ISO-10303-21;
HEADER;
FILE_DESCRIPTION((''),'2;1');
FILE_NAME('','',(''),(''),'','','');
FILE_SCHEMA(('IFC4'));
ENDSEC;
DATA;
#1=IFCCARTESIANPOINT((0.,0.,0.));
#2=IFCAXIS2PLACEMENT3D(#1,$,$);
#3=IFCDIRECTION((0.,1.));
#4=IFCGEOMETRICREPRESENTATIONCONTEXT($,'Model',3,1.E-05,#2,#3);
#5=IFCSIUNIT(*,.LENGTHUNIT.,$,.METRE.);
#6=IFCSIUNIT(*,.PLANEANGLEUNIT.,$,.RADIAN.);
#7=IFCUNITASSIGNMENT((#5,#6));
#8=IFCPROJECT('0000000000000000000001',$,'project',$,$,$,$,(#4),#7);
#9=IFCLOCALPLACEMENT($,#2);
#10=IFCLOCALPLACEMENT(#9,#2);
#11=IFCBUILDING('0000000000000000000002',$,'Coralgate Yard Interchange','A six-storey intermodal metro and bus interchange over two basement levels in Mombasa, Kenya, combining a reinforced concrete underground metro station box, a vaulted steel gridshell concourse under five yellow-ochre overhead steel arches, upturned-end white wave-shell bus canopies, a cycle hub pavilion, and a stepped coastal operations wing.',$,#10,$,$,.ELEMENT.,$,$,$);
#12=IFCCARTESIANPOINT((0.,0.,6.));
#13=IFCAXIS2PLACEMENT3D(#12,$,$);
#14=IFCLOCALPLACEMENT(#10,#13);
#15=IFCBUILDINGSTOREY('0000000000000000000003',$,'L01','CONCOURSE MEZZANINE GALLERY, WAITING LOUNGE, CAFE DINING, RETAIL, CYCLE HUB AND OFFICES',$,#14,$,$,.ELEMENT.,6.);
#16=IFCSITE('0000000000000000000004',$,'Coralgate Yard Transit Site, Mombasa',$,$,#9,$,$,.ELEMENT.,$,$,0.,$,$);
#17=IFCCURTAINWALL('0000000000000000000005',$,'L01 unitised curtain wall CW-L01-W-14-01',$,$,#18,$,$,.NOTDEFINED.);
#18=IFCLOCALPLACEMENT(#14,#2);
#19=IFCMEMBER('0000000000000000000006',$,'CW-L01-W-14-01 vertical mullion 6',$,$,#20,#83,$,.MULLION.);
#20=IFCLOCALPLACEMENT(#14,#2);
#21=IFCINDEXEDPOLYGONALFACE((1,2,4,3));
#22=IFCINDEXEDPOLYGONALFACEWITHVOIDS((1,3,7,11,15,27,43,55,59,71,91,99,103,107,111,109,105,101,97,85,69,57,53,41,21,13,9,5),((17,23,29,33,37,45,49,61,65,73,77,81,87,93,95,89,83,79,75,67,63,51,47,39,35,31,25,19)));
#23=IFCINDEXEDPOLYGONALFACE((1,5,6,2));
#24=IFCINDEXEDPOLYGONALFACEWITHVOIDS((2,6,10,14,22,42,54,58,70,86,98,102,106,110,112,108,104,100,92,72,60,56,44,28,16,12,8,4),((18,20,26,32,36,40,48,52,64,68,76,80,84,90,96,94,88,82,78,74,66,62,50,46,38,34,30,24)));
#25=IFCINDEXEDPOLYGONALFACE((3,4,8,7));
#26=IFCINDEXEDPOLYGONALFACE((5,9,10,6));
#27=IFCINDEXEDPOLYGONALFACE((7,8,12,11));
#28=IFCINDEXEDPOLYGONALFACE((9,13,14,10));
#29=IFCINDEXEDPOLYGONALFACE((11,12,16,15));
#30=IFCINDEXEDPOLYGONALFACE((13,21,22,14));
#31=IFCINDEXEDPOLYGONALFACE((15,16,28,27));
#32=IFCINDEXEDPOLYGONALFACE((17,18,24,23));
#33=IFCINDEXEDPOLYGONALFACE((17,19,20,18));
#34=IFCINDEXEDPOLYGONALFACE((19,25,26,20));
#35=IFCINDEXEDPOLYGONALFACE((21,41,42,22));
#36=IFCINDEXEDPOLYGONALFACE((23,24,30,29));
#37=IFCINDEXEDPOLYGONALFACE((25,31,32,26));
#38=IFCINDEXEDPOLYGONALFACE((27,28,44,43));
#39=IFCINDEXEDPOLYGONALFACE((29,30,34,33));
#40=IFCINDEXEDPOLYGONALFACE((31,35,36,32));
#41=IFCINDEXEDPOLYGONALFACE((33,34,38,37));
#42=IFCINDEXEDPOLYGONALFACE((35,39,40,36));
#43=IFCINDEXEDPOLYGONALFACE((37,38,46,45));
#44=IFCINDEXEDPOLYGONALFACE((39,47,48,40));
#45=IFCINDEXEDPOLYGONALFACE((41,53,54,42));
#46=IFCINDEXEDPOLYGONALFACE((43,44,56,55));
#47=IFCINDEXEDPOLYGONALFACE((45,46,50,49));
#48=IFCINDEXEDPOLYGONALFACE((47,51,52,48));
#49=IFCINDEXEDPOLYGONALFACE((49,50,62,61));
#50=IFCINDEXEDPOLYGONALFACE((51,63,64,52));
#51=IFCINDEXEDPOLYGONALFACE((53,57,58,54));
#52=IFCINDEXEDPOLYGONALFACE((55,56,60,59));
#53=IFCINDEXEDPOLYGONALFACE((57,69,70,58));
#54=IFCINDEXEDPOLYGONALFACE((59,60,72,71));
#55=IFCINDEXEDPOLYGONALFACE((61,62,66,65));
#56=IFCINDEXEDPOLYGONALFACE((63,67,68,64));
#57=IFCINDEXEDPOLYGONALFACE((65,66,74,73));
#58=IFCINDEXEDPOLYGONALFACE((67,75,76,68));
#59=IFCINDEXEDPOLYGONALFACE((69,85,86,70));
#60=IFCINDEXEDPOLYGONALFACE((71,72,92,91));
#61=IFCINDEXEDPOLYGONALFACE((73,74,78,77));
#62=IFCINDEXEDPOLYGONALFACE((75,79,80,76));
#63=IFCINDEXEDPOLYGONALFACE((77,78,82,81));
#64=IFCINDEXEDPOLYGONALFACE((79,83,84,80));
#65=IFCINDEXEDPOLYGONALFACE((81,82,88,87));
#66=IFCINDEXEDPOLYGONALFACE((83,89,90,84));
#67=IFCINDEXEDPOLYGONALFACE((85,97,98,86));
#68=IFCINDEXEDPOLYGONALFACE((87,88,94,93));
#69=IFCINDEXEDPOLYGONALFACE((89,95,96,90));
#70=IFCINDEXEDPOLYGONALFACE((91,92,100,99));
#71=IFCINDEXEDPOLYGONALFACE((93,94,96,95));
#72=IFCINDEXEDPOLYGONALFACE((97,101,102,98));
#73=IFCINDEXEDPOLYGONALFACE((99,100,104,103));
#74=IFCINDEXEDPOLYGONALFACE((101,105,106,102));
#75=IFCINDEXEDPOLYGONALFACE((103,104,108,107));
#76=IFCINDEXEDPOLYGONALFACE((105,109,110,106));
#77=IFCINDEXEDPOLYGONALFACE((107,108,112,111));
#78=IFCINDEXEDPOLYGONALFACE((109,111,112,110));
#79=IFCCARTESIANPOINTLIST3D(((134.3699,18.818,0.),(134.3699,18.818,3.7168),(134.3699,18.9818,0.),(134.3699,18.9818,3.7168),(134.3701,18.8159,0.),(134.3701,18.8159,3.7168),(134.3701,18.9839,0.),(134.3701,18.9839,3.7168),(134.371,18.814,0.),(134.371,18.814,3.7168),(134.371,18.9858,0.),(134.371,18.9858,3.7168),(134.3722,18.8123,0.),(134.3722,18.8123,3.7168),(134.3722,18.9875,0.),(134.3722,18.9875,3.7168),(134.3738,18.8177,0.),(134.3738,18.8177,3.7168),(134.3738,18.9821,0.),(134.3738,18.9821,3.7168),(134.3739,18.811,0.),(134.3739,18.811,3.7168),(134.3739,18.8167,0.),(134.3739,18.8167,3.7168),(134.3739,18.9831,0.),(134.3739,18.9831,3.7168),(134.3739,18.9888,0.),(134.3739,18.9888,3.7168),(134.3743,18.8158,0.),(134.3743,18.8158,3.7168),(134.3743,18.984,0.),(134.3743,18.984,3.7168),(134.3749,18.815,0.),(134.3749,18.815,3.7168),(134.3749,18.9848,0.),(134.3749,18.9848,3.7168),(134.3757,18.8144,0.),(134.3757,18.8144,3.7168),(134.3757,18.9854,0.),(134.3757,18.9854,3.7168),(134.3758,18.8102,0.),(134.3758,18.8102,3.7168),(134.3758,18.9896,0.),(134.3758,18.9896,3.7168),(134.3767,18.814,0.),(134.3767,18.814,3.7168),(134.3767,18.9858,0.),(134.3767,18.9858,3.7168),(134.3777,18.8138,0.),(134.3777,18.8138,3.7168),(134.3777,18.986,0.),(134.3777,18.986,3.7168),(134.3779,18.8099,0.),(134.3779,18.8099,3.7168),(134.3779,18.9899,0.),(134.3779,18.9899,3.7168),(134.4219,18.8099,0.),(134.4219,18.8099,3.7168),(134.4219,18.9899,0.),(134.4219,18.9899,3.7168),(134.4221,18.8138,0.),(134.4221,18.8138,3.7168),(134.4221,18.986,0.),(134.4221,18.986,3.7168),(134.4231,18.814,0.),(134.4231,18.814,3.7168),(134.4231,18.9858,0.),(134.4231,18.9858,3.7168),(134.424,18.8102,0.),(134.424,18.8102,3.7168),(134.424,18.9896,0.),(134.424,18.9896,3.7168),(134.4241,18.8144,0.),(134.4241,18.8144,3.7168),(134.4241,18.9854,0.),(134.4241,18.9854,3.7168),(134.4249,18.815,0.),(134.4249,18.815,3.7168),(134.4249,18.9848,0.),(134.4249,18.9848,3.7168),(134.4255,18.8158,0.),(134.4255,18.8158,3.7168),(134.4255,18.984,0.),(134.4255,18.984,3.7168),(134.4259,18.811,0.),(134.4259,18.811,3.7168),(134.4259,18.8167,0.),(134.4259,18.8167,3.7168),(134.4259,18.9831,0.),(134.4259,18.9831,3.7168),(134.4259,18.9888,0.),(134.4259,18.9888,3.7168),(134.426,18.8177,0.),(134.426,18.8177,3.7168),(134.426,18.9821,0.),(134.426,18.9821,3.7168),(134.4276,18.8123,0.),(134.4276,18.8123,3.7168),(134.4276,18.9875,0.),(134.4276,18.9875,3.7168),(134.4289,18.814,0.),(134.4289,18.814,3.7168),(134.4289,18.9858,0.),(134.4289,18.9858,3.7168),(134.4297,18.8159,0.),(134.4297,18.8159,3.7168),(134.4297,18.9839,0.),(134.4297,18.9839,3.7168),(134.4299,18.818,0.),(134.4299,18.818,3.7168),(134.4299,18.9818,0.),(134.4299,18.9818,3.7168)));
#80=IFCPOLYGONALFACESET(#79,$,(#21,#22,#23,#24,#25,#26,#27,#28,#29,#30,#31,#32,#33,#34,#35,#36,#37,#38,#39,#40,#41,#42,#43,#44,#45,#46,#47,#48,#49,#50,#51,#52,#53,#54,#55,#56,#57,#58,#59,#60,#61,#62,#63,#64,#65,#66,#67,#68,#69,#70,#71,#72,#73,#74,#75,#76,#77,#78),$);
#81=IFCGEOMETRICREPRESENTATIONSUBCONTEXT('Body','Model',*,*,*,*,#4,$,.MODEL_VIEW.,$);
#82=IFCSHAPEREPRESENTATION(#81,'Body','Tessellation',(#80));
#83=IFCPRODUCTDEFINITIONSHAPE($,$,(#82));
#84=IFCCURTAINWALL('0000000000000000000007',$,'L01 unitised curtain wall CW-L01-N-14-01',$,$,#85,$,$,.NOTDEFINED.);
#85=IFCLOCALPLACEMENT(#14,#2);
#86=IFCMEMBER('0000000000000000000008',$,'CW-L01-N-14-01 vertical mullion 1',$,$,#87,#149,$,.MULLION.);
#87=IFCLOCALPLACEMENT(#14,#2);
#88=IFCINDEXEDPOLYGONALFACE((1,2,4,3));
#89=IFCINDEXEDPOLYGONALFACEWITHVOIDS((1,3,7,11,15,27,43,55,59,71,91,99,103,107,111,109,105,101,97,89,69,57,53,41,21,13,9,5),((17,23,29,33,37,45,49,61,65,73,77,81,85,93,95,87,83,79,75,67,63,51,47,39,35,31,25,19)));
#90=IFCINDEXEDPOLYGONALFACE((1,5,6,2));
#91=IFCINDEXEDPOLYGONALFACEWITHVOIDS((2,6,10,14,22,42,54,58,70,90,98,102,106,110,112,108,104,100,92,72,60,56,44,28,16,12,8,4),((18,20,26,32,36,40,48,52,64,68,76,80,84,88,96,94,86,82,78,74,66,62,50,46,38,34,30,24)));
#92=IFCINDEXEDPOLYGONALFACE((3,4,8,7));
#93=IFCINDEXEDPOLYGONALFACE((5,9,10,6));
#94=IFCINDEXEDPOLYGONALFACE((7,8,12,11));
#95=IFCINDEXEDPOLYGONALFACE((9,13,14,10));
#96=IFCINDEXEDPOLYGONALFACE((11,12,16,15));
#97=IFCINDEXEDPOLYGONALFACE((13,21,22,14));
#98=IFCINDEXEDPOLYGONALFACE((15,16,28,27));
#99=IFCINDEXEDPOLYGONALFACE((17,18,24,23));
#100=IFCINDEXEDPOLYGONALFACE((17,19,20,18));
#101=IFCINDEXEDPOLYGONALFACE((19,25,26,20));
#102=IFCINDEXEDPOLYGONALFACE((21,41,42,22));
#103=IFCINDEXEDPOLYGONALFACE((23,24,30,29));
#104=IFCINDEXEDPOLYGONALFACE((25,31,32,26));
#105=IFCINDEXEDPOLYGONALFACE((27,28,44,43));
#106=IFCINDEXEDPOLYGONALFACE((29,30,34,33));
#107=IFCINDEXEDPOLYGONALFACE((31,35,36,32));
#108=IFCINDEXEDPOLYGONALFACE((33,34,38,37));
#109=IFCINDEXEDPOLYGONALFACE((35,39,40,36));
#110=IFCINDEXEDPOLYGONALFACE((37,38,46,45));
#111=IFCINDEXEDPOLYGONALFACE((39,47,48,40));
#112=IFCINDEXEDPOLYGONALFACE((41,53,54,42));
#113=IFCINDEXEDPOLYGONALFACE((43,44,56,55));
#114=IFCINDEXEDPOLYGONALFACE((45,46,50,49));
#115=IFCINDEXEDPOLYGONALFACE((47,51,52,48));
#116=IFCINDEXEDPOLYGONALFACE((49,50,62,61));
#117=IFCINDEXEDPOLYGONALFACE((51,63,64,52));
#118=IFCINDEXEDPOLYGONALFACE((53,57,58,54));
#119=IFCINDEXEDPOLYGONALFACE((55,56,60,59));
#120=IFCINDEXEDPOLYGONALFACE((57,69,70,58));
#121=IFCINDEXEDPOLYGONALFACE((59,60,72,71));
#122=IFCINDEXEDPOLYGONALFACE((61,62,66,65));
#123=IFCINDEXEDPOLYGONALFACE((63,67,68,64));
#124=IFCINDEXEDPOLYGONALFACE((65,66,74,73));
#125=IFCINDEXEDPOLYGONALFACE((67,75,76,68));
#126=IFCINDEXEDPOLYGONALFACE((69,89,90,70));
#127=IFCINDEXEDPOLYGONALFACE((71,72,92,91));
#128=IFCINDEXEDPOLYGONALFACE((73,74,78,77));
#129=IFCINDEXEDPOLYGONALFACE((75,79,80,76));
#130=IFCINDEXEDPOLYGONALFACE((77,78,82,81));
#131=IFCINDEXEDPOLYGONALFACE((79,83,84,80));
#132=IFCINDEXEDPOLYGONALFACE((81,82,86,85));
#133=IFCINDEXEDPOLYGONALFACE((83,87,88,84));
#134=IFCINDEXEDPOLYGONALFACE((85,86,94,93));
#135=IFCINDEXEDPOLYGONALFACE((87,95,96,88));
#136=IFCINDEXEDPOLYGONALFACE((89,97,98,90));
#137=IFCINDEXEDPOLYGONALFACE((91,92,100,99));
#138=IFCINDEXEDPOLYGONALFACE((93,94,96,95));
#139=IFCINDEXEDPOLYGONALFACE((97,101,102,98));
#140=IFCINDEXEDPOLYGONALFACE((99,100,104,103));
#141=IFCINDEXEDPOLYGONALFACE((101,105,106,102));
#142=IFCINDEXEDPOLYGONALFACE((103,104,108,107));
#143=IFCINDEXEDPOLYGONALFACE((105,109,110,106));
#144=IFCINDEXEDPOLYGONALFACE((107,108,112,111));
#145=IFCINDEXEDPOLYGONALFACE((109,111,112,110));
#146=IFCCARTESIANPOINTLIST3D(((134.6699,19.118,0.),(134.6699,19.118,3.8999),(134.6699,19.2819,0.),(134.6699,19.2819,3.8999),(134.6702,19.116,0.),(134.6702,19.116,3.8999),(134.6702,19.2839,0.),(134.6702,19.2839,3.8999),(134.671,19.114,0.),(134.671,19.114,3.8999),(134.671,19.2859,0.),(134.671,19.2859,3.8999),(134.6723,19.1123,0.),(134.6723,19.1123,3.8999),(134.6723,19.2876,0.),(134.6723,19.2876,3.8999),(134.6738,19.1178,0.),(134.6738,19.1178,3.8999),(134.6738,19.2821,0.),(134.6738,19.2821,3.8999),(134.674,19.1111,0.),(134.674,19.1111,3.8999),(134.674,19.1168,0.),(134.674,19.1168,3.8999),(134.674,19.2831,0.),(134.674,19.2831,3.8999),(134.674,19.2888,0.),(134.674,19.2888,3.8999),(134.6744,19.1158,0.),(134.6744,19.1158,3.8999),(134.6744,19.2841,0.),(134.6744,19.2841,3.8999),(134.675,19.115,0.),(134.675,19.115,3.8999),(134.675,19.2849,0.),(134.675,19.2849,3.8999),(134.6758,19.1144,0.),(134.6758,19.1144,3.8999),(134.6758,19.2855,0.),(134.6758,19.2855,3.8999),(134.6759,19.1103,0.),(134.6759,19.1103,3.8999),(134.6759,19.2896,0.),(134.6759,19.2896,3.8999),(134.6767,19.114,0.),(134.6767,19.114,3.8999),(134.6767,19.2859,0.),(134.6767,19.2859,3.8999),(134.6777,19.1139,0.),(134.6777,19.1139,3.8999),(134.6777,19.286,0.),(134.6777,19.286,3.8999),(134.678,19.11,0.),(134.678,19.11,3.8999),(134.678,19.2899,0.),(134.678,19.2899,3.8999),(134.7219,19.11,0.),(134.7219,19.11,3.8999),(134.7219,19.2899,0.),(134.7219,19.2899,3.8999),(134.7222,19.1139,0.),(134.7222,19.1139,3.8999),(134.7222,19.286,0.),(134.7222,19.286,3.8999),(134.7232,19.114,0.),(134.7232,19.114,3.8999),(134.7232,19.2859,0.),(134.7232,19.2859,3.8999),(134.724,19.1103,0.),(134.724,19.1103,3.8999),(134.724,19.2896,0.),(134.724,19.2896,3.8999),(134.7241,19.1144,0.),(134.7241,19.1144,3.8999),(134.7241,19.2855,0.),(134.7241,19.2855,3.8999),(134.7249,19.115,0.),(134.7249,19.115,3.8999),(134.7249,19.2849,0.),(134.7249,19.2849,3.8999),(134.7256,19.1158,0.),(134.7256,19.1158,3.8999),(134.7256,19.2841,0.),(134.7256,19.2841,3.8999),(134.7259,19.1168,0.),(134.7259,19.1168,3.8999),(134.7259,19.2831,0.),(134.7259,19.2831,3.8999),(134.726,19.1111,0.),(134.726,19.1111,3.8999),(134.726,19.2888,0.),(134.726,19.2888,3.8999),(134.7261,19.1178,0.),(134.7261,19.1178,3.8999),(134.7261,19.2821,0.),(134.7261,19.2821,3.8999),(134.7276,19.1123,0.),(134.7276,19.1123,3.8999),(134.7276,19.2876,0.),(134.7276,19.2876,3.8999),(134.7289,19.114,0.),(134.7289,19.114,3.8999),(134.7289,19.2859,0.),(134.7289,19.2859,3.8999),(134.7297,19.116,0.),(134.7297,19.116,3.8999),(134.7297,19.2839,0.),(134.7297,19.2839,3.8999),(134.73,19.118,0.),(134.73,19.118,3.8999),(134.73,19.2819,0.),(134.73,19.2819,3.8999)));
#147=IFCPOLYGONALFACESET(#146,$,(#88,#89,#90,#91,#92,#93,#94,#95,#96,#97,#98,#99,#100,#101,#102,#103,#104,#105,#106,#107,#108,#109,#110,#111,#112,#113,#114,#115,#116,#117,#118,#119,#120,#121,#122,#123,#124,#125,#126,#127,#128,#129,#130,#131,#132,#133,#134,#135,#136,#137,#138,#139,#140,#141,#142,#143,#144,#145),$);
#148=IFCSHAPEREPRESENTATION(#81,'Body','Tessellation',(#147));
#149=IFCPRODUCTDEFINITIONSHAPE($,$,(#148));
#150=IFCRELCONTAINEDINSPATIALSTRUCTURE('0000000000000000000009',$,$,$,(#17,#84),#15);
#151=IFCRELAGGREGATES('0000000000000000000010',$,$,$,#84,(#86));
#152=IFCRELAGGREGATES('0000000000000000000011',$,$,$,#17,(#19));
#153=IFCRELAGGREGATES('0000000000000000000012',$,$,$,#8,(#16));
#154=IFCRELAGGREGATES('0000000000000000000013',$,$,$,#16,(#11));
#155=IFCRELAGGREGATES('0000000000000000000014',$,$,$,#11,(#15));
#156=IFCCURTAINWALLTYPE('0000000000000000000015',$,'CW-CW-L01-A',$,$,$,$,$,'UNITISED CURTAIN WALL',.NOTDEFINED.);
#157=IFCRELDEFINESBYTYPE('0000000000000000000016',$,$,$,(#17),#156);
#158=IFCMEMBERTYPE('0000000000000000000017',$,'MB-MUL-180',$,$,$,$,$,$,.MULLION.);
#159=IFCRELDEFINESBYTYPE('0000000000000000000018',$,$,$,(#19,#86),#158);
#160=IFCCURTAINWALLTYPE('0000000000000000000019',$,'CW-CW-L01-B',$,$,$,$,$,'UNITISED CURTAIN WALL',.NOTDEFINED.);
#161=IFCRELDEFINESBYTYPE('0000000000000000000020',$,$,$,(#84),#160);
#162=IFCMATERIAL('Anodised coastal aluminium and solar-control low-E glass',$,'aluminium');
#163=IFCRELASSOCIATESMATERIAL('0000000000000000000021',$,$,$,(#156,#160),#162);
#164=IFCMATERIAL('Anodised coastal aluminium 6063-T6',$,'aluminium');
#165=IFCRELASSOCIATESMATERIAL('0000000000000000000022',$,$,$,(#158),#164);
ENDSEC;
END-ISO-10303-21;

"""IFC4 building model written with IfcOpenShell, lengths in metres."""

from ifc_helpers import new_model, si_unit, direction, frame, origin, origin_2d, place, context, subcontext, project, spatial, hollow_rectangle, extrude, material, material_profile, profile_set, type_object, element, aggregate, save


model = new_model("IFC4")

# Units and contexts
model_context = context("Model", 3, precision=1e-05, world=origin(), true_north=direction((0.0, 1.0)))
body_context = subcontext(model_context, "Body", "Model", "MODEL_VIEW")
ifc_project = project(units=[si_unit("LENGTHUNIT", "METRE"), si_unit("PLANEANGLEUNIT", "RADIAN")], contexts=[model_context])

# Site, building, storey
site_placement = place(None, origin())
site = spatial("IfcSite", under=ifc_project, at=site_placement, Name="Coralgate Yard Transit Site, Mombasa", CompositionType="ELEMENT", RefElevation=0.0)
building_placement = place(site_placement, origin())
building = spatial("IfcBuilding", under=site, at=building_placement, Name="Coralgate Yard Interchange", Description="A six-storey intermodal metro and bus interchange over two basement levels in Mombasa, Kenya, combining a reinforced concrete underground metro station box, a vaulted steel gridshell concourse under five yellow-ochre overhead steel arches, upturned-end white wave-shell bus canopies, a cycle hub pavilion, and a stepped coastal operations wing.", CompositionType="ELEMENT")
storey_placement = place(building_placement, frame((0.0, 0.0, 6.0)))
storey = spatial("IfcBuildingStorey", under=building, at=storey_placement, Name="L01", Description="CONCOURSE MEZZANINE GALLERY, WAITING LOUNGE, CAFE DINING, RETAIL, CYCLE HUB AND OFFICES", CompositionType="ELEMENT", Elevation=6.0)

# Curtain wall, member
ifc_material_1 = material(Name="Anodised coastal aluminium and solar-control low-E glass", Category="aluminium")
curtain_wall_type_1 = type_object("IfcCurtainWallType", Name="CW-CW-L01-A", ElementType="UNITISED CURTAIN WALL", PredefinedType="NOTDEFINED", material=ifc_material_1)
curtain_wall_1_placement = place(storey_placement, origin())
curtain_wall_1 = element("IfcCurtainWall", 1, at=curtain_wall_1_placement, inside=storey, type_object=curtain_wall_type_1, Name="L01 unitised curtain wall CW-L01-W-14-01", PredefinedType="NOTDEFINED")
ifc_material_2 = material(Name="Anodised coastal aluminium 6063-T6", Category="aluminium")
ifc_material_profile_1 = material_profile(ifc_material_2, hollow_rectangle(XDim=0.0601, YDim=0.1799, WallThickness=0.0039, InnerFilletRadius=0.0039, OuterFilletRadius=0.0081, at=origin_2d()), Name="ALU 60x180x4")
ifc_profile_set_1 = profile_set([ifc_material_profile_1], Name="Anodised coastal aluminium 6063-T6")
member_type_1 = type_object("IfcMemberType", Name="MB-MUL-180", PredefinedType="MULLION", material=ifc_profile_set_1)
member_1_placement = place(storey_placement, frame((134.3999, 18.8999, 0.0), z_axis=(0.0, 0.0, 1.0), x_axis=(1.0, 0.0, 0.0)))
member_1 = element("IfcMember", 2, at=member_1_placement, type_object=member_type_1, Name="CW-L01-W-14-01 vertical mullion 6", PredefinedType="MULLION", context=body_context, shape_type="SweptSolid", body=[
    extrude(hollow_rectangle(XDim=0.0601, YDim=0.1799, WallThickness=0.0039, InnerFilletRadius=0.0039, OuterFilletRadius=0.0081, at=origin_2d()), origin(), (0.0, 0.0, 1.0), 3.7168),
])

# Curtain wall, member
curtain_wall_type_2 = type_object("IfcCurtainWallType", Name="CW-CW-L01-B", ElementType="UNITISED CURTAIN WALL", PredefinedType="NOTDEFINED", material=ifc_material_1)
curtain_wall_2_placement = place(storey_placement, origin())
curtain_wall_2 = element("IfcCurtainWall", 3, at=curtain_wall_2_placement, inside=storey, type_object=curtain_wall_type_2, Name="L01 unitised curtain wall CW-L01-N-14-01", PredefinedType="NOTDEFINED")
member_2_placement = place(storey_placement, frame((134.7, 19.2, 0.0), z_axis=(0.0, 0.0, 1.0), x_axis=(1.0, 0.0, 0.0)))
member_2 = element("IfcMember", 4, at=member_2_placement, type_object=member_type_1, Name="CW-L01-N-14-01 vertical mullion 1", PredefinedType="MULLION", context=body_context, shape_type="SweptSolid", body=[
    extrude(hollow_rectangle(XDim=0.0601, YDim=0.1799, WallThickness=0.0039, InnerFilletRadius=0.0039, OuterFilletRadius=0.0081, at=origin_2d()), origin(), (0.0, 0.0, 1.0), 3.8999),
])

aggregate(curtain_wall_2, [member_2])

aggregate(curtain_wall_1, [member_1])

save(model, "model.ifc")
